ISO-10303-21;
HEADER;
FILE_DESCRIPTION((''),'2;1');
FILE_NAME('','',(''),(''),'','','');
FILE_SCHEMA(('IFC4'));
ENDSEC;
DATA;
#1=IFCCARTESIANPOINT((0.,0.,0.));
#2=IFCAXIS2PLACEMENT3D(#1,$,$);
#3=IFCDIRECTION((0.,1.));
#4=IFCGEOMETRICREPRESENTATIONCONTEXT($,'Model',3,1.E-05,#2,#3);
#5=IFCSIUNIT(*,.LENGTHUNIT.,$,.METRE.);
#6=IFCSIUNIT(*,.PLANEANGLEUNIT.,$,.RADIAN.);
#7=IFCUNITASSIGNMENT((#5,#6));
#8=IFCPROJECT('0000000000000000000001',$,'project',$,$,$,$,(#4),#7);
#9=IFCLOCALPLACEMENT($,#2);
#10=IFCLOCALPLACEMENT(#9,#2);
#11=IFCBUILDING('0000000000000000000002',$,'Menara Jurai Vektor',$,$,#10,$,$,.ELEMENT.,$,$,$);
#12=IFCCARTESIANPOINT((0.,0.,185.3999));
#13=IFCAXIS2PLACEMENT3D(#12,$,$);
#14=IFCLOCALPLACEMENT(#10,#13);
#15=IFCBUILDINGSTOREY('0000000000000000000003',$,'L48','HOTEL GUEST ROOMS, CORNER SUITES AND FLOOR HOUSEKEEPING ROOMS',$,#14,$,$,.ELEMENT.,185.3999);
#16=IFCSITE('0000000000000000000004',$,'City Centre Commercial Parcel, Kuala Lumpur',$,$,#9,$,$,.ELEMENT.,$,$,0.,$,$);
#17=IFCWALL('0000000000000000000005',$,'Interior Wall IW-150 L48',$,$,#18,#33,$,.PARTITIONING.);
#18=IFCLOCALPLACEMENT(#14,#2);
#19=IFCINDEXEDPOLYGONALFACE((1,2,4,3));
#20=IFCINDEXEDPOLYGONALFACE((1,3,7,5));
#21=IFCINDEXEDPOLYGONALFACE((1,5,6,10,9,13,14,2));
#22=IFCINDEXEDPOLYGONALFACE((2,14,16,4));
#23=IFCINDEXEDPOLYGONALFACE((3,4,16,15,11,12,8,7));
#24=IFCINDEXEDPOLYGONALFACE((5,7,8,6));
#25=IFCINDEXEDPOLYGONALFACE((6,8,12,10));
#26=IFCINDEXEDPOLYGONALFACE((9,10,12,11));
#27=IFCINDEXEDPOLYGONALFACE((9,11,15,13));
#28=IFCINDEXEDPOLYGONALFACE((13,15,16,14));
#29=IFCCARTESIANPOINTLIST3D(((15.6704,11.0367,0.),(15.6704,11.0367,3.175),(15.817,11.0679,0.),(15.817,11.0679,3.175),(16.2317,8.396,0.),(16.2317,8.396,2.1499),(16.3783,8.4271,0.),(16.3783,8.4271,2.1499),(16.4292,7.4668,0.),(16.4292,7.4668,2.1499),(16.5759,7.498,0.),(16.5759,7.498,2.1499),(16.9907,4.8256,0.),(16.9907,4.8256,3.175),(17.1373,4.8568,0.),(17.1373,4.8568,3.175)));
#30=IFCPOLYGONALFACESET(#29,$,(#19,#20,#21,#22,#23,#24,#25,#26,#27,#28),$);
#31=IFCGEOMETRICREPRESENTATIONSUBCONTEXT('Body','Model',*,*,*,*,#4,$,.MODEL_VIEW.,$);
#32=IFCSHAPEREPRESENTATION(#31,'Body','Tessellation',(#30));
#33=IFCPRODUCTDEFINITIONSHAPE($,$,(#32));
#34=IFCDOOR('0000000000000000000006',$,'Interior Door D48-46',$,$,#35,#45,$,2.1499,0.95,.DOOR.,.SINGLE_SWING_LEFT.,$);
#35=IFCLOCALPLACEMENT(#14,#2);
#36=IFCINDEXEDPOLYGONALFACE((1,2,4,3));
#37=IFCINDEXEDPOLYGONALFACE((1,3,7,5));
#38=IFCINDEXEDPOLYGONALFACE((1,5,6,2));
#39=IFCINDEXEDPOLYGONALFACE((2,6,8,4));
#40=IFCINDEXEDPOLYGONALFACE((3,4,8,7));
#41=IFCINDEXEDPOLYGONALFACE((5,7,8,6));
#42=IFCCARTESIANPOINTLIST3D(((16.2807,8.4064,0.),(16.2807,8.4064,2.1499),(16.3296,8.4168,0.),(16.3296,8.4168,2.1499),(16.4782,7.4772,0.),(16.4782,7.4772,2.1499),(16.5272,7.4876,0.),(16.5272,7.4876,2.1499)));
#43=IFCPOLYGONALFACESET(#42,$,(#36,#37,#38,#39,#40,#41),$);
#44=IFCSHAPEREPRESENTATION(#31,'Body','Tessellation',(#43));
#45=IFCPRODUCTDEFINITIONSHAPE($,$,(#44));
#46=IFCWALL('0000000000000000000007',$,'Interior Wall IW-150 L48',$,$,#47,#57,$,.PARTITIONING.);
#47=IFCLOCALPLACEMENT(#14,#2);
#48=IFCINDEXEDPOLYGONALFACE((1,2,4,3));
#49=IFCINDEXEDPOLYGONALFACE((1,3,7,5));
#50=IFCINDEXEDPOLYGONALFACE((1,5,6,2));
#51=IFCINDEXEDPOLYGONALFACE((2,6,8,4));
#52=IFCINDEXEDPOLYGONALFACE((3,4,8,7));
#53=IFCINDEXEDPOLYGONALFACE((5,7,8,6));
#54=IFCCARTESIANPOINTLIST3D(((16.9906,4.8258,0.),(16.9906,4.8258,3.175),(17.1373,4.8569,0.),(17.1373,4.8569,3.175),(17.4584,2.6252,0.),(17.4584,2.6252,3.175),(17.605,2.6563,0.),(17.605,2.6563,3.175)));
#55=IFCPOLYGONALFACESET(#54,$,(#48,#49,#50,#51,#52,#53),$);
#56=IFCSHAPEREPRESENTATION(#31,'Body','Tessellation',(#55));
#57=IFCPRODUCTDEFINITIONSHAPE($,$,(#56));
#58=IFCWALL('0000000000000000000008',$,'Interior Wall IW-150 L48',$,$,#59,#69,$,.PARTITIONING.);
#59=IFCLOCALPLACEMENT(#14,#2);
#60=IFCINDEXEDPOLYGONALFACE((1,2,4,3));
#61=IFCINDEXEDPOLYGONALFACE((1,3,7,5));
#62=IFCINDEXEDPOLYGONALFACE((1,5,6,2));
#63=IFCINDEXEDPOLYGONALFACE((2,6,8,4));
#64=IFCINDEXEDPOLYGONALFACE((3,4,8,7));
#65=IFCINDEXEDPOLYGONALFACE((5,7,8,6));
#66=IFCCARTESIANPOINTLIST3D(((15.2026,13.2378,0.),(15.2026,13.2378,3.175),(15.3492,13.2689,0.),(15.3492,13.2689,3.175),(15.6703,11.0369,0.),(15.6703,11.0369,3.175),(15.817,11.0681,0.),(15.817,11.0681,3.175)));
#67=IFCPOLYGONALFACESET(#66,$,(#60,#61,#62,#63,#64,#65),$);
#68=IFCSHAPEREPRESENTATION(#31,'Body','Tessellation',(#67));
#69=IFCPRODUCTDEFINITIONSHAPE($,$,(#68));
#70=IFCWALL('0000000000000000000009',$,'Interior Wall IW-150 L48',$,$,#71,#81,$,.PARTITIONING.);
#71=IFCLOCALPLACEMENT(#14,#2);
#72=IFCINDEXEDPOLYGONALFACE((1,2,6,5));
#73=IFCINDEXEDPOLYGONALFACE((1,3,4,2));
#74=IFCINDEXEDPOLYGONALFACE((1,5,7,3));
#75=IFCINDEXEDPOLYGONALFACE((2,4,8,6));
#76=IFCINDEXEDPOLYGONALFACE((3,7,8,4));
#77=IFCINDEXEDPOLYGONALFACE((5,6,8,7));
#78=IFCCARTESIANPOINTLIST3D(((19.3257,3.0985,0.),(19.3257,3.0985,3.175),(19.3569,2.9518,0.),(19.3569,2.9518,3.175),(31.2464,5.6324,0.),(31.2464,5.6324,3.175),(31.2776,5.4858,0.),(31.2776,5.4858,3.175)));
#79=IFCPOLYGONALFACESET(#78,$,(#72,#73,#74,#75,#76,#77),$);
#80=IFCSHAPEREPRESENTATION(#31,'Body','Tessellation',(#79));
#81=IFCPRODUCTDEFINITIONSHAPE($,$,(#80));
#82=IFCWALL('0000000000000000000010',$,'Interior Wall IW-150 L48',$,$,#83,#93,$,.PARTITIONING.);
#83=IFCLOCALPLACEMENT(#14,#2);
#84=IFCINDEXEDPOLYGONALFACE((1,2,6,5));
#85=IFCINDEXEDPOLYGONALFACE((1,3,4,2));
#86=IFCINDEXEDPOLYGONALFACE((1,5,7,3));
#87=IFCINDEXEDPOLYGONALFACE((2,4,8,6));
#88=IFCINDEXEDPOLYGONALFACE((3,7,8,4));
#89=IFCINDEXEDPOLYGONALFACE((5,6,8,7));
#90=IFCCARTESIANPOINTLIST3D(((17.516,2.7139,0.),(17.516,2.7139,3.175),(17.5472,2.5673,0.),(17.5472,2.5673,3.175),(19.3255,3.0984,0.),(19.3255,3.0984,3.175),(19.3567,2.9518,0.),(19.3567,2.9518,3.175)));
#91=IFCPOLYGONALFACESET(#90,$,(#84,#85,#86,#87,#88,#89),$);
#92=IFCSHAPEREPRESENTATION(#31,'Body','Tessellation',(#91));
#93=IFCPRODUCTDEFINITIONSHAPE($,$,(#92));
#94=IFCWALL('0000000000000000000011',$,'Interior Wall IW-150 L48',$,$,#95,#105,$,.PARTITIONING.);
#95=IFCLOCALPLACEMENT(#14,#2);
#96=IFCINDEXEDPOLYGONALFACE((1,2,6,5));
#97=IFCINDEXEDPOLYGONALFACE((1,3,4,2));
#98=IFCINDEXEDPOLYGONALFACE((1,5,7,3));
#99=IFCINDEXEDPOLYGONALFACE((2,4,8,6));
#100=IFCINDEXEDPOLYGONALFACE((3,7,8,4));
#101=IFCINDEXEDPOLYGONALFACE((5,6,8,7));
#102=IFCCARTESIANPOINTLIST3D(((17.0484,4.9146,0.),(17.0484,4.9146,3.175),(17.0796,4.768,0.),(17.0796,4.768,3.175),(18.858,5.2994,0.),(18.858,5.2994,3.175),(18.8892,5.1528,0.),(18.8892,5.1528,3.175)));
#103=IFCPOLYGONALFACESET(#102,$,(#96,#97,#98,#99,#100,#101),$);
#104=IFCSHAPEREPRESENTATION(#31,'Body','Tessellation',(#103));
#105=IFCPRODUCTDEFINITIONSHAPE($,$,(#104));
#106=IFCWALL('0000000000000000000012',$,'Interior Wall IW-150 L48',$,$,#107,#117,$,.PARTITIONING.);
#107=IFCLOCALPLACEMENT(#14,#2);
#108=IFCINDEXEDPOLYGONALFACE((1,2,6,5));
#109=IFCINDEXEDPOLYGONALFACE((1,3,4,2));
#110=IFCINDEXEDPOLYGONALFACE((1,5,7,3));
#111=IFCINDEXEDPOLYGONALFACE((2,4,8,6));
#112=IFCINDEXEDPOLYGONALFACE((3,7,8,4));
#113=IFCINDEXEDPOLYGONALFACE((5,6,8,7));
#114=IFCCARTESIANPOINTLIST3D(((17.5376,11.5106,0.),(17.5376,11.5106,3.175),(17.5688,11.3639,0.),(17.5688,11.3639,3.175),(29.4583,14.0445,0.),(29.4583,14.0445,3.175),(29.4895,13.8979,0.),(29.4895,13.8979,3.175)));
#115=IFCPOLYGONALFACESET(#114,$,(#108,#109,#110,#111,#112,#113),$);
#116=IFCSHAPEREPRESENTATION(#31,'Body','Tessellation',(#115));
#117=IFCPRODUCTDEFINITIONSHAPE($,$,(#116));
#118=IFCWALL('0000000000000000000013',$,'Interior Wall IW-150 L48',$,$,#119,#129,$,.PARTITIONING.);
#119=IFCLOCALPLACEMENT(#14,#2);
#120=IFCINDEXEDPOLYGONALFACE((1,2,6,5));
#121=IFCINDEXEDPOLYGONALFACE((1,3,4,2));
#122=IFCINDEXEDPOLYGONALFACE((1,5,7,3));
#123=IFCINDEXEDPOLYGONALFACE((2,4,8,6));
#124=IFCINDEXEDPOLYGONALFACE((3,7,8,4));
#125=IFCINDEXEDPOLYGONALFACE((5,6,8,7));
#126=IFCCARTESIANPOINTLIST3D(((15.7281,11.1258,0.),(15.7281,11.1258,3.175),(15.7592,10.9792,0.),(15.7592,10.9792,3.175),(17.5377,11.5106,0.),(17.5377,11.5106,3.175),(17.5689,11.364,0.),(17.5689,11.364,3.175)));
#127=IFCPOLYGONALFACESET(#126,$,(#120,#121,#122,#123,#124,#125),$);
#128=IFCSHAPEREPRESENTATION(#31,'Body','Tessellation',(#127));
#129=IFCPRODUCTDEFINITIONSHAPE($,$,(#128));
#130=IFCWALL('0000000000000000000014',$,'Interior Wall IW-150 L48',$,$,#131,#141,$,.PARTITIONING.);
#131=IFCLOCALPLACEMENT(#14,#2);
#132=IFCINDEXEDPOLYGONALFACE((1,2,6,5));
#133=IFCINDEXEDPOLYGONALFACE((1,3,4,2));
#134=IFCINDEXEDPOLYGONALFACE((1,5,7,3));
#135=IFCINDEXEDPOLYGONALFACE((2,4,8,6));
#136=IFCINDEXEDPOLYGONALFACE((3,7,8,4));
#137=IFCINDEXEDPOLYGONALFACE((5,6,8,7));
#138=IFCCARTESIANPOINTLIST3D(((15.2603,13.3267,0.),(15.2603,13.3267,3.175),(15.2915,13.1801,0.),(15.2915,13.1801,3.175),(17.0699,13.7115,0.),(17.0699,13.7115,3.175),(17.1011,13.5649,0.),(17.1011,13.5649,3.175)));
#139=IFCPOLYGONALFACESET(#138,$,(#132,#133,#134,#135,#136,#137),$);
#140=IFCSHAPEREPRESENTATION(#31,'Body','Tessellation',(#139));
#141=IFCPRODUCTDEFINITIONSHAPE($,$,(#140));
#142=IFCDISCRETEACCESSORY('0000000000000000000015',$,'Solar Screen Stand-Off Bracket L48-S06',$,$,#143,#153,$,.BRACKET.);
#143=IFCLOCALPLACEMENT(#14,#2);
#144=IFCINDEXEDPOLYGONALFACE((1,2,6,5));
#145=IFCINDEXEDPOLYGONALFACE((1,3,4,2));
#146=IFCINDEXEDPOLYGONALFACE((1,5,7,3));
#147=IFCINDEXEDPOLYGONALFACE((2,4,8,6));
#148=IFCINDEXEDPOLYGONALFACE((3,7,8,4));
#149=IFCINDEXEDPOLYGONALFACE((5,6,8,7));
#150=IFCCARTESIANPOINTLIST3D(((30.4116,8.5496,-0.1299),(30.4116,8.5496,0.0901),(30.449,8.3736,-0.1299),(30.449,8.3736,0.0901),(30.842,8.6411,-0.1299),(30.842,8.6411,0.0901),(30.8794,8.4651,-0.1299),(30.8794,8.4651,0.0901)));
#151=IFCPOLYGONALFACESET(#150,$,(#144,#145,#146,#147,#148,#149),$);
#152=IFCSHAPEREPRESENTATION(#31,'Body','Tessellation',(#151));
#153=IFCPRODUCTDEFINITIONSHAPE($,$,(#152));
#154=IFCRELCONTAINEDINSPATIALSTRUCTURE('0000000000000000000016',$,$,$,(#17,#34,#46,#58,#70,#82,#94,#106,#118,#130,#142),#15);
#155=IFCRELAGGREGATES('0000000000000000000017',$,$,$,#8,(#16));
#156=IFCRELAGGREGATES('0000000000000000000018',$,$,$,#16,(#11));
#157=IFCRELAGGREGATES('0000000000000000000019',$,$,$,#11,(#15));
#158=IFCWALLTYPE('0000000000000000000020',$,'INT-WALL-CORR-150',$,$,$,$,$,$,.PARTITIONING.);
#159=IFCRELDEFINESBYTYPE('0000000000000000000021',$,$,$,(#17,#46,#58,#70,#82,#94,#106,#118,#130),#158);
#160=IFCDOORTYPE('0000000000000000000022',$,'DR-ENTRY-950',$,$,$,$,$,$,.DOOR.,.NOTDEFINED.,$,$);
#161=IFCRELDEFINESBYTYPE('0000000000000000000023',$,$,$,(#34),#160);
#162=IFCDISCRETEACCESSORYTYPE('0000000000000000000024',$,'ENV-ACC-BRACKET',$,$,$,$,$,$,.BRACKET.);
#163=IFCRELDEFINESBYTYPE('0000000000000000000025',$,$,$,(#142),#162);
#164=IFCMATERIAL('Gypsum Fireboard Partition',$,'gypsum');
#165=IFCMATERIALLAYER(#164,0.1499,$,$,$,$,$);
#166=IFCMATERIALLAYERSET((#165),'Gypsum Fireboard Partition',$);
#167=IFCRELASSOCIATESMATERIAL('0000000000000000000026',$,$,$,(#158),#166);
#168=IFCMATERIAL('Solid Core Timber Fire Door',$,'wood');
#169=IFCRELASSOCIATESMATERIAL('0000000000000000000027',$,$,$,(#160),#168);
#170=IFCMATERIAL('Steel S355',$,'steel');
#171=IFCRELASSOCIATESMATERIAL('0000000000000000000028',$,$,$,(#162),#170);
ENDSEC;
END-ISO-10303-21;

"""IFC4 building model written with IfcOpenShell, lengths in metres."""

from ifc_helpers import new_model, si_unit, direction, frame, frame_2d, origin, origin_2d, place, context, subcontext, project, spatial, rectangle, extrude, material, layer, layer_set, type_object, element, fill, save


model = new_model("IFC4")

# Units and contexts
model_context = context("Model", 3, precision=1e-05, world=origin(), true_north=direction((0.0, 1.0)))
body_context = subcontext(model_context, "Body", "Model", "MODEL_VIEW")
ifc_project = project(units=[si_unit("LENGTHUNIT", "METRE"), si_unit("PLANEANGLEUNIT", "RADIAN")], contexts=[model_context])

# Site, building, storey
site_placement = place(None, origin())
site = spatial("IfcSite", under=ifc_project, at=site_placement, Name="City Centre Commercial Parcel, Kuala Lumpur", CompositionType="ELEMENT", RefElevation=0.0)
building_placement = place(site_placement, origin())
building = spatial("IfcBuilding", under=site, at=building_placement, Name="Menara Jurai Vektor", CompositionType="ELEMENT")
storey_placement = place(building_placement, frame((0.0, 0.0, 185.3999)))
storey = spatial("IfcBuildingStorey", under=building, at=storey_placement, Name="L48", Description="HOTEL GUEST ROOMS, CORNER SUITES AND FLOOR HOUSEKEEPING ROOMS", CompositionType="ELEMENT", Elevation=185.3999)

# Shared definitions
ifc_material_1 = material(Name="Steel S355", Category="steel")

# Wall, opening, door
ifc_material_2 = material(Name="Gypsum Fireboard Partition", Category="gypsum")
ifc_layer_1 = layer(ifc_material_2, 0.1499)
ifc_layer_set_1 = layer_set([ifc_layer_1], Name="Gypsum Fireboard Partition")
wall_type = type_object("IfcWallType", Name="INT-WALL-CORR-150", PredefinedType="PARTITIONING", material=ifc_layer_set_1)
wall_1_placement = place(storey_placement, frame((17.064, 4.8413, 0.0), z_axis=(0.0, 0.0, 1.0), x_axis=(-0.207925, 0.978145, 0.0)))
wall_1 = element("IfcWall", 1, at=wall_1_placement, inside=storey, type_object=wall_type, Name="Interior Wall IW-150 L48", PredefinedType="PARTITIONING", context=body_context, shape_type="SweptSolid", body=[
    extrude(rectangle(XDim=6.3499, YDim=0.1499, at=frame_2d((3.1748, 0.0))), origin(), (0.0, 0.0, 1.0), 3.175),
])
opening_1_placement = place(wall_1_placement, frame((2.7, 0.0, 0.0)))
opening_1 = element("IfcOpeningElement", 2, at=opening_1_placement, cuts=wall_1, PredefinedType="OPENING", context=body_context, shape_type="SweptSolid", body=[
    extrude(rectangle(XDim=0.95, YDim=2.1499, at=frame_2d((0.4751, 1.075))), frame((0.0, 0.085, 0.0), z_axis=(0.0, -1.0, 0.0), x_axis=(1.0, 0.0, 0.0)), (0.0, 0.0, 1.0), 0.1699),
])
ifc_material_3 = material(Name="Solid Core Timber Fire Door", Category="wood")
door_type_1 = type_object("IfcDoorType", Name="DR-ENTRY-950", OperationType="NOTDEFINED", PredefinedType="DOOR", material=ifc_material_3)
door_1_placement = place(opening_1_placement, origin())
door_1 = element("IfcDoor", 3, at=door_1_placement, inside=storey, type_object=door_type_1, Name="Interior Door D48-46", OperationType="SINGLE_SWING_LEFT", OverallHeight=2.1499, OverallWidth=0.95, PredefinedType="DOOR", context=body_context, shape_type="SweptSolid", body=[
    extrude(rectangle(XDim=0.95, YDim=2.1499, at=frame_2d((0.4751, 1.075))), frame((0.0, 0.0249, 0.0), z_axis=(0.0, -1.0, 0.0), x_axis=(1.0, 0.0, 0.0)), (0.0, 0.0, 1.0), 0.05),
])
fill(opening_1, door_1)

# Walls
wall_2_placement = place(storey_placement, frame((17.5317, 2.6406, 0.0), z_axis=(0.0, 0.0, 1.0), x_axis=(-0.207913, 0.978147, 0.0)))
element("IfcWall", 4, at=wall_2_placement, inside=storey, type_object=wall_type, Name="Interior Wall IW-150 L48", PredefinedType="PARTITIONING", context=body_context, shape_type="SweptSolid", body=[
    extrude(rectangle(XDim=2.2498, YDim=0.1499, at=frame_2d((1.125, 0.0))), origin(), (0.0, 0.0, 1.0), 3.175),
])
wall_3_placement = place(storey_placement, frame((15.7437, 11.0525, 0.0), z_axis=(0.0, 0.0, 1.0), x_axis=(-0.207891, 0.978152, 0.0)))
element("IfcWall", 5, at=wall_3_placement, inside=storey, type_object=wall_type, Name="Interior Wall IW-150 L48", PredefinedType="PARTITIONING", context=body_context, shape_type="SweptSolid", body=[
    extrude(rectangle(XDim=2.25, YDim=0.1499, at=frame_2d((1.125, 0.0))), origin(), (0.0, 0.0, 1.0), 3.175),
])
wall_4_placement = place(storey_placement, frame((19.3413, 3.0251, 0.0), z_axis=(0.0, 0.0, 1.0), x_axis=(0.978146, 0.207921, 0.0)))
element("IfcWall", 6, at=wall_4_placement, inside=storey, type_object=wall_type, Name="Interior Wall IW-150 L48", PredefinedType="PARTITIONING", context=body_context, shape_type="SweptSolid", body=[
    extrude(rectangle(XDim=12.187, YDim=0.1499, at=frame_2d((6.0935, 0.0))), origin(), (0.0, 0.0, 1.0), 3.175),
])
wall_5_placement = place(storey_placement, frame((17.5317, 2.6406, 0.0), z_axis=(0.0, 0.0, 1.0), x_axis=(0.97816, 0.207852, 0.0)))
element("IfcWall", 7, at=wall_5_placement, inside=storey, type_object=wall_type, Name="Interior Wall IW-150 L48", PredefinedType="PARTITIONING", context=body_context, shape_type="SweptSolid", body=[
    extrude(rectangle(XDim=1.8499, YDim=0.1499, at=frame_2d((0.9248, 0.0))), origin(), (0.0, 0.0, 1.0), 3.175),
])
wall_6_placement = place(storey_placement, frame((17.064, 4.8413, 0.0), z_axis=(0.0, 0.0, 1.0), x_axis=(0.978133, 0.207979, 0.0)))
element("IfcWall", 8, at=wall_6_placement, inside=storey, type_object=wall_type, Name="Interior Wall IW-150 L48", PredefinedType="PARTITIONING", context=body_context, shape_type="SweptSolid", body=[
    extrude(rectangle(XDim=1.8501, YDim=0.1499, at=frame_2d((0.925, 0.0))), origin(), (0.0, 0.0, 1.0), 3.175),
])

# Walls
wall_7_placement = place(storey_placement, frame((17.5532, 11.4373, 0.0), z_axis=(0.0, 0.0, 1.0), x_axis=(0.978146, 0.207921, 0.0)))
element("IfcWall", 9, at=wall_7_placement, inside=storey, type_object=wall_type, Name="Interior Wall IW-150 L48", PredefinedType="PARTITIONING", context=body_context, shape_type="SweptSolid", body=[
    extrude(rectangle(XDim=12.187, YDim=0.1499, at=frame_2d((6.0935, 0.0))), origin(), (0.0, 0.0, 1.0), 3.175),
])
for number, where, z_axis, x_axis, name in (
    (10, (15.7437, 11.0525, 0.0), (0.0, 0.0, 1.0), (0.978133, 0.207979, 0.0), "Interior Wall IW-150 L48"),
    (11, (15.2759, 13.2534, 0.0), (0.0, 0.0, 1.0), (0.978133, 0.207979, 0.0), "Interior Wall IW-150 L48"),
):
    element("IfcWall", number, at=place(storey_placement, frame(where, z_axis=z_axis, x_axis=x_axis)), inside=storey, type_object=wall_type, Name=name, PredefinedType="PARTITIONING", context=body_context, shape_type="SweptSolid", body=[
        extrude(rectangle(XDim=1.8501, YDim=0.1499, at=frame_2d((0.925, 0.0))), origin(), (0.0, 0.0, 1.0), 3.175),
    ])

# Discrete accessory
discrete_accessory_type = type_object("IfcDiscreteAccessoryType", Name="ENV-ACC-BRACKET", PredefinedType="BRACKET", material=ifc_material_1)
discrete_accessory_placement = place(storey_placement, frame((30.6455, 8.5073, -0.1299), z_axis=(0.0, 0.0, 1.0), x_axis=(-0.207912, 0.978148, 0.0)))
element("IfcDiscreteAccessory", 12, at=discrete_accessory_placement, inside=storey, type_object=discrete_accessory_type, Name="Solar Screen Stand-Off Bracket L48-S06", PredefinedType="BRACKET", context=body_context, shape_type="SweptSolid", body=[
    extrude(rectangle(XDim=0.1799, YDim=0.4399, at=origin_2d()), origin(), (0.0, 0.0, 1.0), 0.22),
])

save(model, "model.ifc")
